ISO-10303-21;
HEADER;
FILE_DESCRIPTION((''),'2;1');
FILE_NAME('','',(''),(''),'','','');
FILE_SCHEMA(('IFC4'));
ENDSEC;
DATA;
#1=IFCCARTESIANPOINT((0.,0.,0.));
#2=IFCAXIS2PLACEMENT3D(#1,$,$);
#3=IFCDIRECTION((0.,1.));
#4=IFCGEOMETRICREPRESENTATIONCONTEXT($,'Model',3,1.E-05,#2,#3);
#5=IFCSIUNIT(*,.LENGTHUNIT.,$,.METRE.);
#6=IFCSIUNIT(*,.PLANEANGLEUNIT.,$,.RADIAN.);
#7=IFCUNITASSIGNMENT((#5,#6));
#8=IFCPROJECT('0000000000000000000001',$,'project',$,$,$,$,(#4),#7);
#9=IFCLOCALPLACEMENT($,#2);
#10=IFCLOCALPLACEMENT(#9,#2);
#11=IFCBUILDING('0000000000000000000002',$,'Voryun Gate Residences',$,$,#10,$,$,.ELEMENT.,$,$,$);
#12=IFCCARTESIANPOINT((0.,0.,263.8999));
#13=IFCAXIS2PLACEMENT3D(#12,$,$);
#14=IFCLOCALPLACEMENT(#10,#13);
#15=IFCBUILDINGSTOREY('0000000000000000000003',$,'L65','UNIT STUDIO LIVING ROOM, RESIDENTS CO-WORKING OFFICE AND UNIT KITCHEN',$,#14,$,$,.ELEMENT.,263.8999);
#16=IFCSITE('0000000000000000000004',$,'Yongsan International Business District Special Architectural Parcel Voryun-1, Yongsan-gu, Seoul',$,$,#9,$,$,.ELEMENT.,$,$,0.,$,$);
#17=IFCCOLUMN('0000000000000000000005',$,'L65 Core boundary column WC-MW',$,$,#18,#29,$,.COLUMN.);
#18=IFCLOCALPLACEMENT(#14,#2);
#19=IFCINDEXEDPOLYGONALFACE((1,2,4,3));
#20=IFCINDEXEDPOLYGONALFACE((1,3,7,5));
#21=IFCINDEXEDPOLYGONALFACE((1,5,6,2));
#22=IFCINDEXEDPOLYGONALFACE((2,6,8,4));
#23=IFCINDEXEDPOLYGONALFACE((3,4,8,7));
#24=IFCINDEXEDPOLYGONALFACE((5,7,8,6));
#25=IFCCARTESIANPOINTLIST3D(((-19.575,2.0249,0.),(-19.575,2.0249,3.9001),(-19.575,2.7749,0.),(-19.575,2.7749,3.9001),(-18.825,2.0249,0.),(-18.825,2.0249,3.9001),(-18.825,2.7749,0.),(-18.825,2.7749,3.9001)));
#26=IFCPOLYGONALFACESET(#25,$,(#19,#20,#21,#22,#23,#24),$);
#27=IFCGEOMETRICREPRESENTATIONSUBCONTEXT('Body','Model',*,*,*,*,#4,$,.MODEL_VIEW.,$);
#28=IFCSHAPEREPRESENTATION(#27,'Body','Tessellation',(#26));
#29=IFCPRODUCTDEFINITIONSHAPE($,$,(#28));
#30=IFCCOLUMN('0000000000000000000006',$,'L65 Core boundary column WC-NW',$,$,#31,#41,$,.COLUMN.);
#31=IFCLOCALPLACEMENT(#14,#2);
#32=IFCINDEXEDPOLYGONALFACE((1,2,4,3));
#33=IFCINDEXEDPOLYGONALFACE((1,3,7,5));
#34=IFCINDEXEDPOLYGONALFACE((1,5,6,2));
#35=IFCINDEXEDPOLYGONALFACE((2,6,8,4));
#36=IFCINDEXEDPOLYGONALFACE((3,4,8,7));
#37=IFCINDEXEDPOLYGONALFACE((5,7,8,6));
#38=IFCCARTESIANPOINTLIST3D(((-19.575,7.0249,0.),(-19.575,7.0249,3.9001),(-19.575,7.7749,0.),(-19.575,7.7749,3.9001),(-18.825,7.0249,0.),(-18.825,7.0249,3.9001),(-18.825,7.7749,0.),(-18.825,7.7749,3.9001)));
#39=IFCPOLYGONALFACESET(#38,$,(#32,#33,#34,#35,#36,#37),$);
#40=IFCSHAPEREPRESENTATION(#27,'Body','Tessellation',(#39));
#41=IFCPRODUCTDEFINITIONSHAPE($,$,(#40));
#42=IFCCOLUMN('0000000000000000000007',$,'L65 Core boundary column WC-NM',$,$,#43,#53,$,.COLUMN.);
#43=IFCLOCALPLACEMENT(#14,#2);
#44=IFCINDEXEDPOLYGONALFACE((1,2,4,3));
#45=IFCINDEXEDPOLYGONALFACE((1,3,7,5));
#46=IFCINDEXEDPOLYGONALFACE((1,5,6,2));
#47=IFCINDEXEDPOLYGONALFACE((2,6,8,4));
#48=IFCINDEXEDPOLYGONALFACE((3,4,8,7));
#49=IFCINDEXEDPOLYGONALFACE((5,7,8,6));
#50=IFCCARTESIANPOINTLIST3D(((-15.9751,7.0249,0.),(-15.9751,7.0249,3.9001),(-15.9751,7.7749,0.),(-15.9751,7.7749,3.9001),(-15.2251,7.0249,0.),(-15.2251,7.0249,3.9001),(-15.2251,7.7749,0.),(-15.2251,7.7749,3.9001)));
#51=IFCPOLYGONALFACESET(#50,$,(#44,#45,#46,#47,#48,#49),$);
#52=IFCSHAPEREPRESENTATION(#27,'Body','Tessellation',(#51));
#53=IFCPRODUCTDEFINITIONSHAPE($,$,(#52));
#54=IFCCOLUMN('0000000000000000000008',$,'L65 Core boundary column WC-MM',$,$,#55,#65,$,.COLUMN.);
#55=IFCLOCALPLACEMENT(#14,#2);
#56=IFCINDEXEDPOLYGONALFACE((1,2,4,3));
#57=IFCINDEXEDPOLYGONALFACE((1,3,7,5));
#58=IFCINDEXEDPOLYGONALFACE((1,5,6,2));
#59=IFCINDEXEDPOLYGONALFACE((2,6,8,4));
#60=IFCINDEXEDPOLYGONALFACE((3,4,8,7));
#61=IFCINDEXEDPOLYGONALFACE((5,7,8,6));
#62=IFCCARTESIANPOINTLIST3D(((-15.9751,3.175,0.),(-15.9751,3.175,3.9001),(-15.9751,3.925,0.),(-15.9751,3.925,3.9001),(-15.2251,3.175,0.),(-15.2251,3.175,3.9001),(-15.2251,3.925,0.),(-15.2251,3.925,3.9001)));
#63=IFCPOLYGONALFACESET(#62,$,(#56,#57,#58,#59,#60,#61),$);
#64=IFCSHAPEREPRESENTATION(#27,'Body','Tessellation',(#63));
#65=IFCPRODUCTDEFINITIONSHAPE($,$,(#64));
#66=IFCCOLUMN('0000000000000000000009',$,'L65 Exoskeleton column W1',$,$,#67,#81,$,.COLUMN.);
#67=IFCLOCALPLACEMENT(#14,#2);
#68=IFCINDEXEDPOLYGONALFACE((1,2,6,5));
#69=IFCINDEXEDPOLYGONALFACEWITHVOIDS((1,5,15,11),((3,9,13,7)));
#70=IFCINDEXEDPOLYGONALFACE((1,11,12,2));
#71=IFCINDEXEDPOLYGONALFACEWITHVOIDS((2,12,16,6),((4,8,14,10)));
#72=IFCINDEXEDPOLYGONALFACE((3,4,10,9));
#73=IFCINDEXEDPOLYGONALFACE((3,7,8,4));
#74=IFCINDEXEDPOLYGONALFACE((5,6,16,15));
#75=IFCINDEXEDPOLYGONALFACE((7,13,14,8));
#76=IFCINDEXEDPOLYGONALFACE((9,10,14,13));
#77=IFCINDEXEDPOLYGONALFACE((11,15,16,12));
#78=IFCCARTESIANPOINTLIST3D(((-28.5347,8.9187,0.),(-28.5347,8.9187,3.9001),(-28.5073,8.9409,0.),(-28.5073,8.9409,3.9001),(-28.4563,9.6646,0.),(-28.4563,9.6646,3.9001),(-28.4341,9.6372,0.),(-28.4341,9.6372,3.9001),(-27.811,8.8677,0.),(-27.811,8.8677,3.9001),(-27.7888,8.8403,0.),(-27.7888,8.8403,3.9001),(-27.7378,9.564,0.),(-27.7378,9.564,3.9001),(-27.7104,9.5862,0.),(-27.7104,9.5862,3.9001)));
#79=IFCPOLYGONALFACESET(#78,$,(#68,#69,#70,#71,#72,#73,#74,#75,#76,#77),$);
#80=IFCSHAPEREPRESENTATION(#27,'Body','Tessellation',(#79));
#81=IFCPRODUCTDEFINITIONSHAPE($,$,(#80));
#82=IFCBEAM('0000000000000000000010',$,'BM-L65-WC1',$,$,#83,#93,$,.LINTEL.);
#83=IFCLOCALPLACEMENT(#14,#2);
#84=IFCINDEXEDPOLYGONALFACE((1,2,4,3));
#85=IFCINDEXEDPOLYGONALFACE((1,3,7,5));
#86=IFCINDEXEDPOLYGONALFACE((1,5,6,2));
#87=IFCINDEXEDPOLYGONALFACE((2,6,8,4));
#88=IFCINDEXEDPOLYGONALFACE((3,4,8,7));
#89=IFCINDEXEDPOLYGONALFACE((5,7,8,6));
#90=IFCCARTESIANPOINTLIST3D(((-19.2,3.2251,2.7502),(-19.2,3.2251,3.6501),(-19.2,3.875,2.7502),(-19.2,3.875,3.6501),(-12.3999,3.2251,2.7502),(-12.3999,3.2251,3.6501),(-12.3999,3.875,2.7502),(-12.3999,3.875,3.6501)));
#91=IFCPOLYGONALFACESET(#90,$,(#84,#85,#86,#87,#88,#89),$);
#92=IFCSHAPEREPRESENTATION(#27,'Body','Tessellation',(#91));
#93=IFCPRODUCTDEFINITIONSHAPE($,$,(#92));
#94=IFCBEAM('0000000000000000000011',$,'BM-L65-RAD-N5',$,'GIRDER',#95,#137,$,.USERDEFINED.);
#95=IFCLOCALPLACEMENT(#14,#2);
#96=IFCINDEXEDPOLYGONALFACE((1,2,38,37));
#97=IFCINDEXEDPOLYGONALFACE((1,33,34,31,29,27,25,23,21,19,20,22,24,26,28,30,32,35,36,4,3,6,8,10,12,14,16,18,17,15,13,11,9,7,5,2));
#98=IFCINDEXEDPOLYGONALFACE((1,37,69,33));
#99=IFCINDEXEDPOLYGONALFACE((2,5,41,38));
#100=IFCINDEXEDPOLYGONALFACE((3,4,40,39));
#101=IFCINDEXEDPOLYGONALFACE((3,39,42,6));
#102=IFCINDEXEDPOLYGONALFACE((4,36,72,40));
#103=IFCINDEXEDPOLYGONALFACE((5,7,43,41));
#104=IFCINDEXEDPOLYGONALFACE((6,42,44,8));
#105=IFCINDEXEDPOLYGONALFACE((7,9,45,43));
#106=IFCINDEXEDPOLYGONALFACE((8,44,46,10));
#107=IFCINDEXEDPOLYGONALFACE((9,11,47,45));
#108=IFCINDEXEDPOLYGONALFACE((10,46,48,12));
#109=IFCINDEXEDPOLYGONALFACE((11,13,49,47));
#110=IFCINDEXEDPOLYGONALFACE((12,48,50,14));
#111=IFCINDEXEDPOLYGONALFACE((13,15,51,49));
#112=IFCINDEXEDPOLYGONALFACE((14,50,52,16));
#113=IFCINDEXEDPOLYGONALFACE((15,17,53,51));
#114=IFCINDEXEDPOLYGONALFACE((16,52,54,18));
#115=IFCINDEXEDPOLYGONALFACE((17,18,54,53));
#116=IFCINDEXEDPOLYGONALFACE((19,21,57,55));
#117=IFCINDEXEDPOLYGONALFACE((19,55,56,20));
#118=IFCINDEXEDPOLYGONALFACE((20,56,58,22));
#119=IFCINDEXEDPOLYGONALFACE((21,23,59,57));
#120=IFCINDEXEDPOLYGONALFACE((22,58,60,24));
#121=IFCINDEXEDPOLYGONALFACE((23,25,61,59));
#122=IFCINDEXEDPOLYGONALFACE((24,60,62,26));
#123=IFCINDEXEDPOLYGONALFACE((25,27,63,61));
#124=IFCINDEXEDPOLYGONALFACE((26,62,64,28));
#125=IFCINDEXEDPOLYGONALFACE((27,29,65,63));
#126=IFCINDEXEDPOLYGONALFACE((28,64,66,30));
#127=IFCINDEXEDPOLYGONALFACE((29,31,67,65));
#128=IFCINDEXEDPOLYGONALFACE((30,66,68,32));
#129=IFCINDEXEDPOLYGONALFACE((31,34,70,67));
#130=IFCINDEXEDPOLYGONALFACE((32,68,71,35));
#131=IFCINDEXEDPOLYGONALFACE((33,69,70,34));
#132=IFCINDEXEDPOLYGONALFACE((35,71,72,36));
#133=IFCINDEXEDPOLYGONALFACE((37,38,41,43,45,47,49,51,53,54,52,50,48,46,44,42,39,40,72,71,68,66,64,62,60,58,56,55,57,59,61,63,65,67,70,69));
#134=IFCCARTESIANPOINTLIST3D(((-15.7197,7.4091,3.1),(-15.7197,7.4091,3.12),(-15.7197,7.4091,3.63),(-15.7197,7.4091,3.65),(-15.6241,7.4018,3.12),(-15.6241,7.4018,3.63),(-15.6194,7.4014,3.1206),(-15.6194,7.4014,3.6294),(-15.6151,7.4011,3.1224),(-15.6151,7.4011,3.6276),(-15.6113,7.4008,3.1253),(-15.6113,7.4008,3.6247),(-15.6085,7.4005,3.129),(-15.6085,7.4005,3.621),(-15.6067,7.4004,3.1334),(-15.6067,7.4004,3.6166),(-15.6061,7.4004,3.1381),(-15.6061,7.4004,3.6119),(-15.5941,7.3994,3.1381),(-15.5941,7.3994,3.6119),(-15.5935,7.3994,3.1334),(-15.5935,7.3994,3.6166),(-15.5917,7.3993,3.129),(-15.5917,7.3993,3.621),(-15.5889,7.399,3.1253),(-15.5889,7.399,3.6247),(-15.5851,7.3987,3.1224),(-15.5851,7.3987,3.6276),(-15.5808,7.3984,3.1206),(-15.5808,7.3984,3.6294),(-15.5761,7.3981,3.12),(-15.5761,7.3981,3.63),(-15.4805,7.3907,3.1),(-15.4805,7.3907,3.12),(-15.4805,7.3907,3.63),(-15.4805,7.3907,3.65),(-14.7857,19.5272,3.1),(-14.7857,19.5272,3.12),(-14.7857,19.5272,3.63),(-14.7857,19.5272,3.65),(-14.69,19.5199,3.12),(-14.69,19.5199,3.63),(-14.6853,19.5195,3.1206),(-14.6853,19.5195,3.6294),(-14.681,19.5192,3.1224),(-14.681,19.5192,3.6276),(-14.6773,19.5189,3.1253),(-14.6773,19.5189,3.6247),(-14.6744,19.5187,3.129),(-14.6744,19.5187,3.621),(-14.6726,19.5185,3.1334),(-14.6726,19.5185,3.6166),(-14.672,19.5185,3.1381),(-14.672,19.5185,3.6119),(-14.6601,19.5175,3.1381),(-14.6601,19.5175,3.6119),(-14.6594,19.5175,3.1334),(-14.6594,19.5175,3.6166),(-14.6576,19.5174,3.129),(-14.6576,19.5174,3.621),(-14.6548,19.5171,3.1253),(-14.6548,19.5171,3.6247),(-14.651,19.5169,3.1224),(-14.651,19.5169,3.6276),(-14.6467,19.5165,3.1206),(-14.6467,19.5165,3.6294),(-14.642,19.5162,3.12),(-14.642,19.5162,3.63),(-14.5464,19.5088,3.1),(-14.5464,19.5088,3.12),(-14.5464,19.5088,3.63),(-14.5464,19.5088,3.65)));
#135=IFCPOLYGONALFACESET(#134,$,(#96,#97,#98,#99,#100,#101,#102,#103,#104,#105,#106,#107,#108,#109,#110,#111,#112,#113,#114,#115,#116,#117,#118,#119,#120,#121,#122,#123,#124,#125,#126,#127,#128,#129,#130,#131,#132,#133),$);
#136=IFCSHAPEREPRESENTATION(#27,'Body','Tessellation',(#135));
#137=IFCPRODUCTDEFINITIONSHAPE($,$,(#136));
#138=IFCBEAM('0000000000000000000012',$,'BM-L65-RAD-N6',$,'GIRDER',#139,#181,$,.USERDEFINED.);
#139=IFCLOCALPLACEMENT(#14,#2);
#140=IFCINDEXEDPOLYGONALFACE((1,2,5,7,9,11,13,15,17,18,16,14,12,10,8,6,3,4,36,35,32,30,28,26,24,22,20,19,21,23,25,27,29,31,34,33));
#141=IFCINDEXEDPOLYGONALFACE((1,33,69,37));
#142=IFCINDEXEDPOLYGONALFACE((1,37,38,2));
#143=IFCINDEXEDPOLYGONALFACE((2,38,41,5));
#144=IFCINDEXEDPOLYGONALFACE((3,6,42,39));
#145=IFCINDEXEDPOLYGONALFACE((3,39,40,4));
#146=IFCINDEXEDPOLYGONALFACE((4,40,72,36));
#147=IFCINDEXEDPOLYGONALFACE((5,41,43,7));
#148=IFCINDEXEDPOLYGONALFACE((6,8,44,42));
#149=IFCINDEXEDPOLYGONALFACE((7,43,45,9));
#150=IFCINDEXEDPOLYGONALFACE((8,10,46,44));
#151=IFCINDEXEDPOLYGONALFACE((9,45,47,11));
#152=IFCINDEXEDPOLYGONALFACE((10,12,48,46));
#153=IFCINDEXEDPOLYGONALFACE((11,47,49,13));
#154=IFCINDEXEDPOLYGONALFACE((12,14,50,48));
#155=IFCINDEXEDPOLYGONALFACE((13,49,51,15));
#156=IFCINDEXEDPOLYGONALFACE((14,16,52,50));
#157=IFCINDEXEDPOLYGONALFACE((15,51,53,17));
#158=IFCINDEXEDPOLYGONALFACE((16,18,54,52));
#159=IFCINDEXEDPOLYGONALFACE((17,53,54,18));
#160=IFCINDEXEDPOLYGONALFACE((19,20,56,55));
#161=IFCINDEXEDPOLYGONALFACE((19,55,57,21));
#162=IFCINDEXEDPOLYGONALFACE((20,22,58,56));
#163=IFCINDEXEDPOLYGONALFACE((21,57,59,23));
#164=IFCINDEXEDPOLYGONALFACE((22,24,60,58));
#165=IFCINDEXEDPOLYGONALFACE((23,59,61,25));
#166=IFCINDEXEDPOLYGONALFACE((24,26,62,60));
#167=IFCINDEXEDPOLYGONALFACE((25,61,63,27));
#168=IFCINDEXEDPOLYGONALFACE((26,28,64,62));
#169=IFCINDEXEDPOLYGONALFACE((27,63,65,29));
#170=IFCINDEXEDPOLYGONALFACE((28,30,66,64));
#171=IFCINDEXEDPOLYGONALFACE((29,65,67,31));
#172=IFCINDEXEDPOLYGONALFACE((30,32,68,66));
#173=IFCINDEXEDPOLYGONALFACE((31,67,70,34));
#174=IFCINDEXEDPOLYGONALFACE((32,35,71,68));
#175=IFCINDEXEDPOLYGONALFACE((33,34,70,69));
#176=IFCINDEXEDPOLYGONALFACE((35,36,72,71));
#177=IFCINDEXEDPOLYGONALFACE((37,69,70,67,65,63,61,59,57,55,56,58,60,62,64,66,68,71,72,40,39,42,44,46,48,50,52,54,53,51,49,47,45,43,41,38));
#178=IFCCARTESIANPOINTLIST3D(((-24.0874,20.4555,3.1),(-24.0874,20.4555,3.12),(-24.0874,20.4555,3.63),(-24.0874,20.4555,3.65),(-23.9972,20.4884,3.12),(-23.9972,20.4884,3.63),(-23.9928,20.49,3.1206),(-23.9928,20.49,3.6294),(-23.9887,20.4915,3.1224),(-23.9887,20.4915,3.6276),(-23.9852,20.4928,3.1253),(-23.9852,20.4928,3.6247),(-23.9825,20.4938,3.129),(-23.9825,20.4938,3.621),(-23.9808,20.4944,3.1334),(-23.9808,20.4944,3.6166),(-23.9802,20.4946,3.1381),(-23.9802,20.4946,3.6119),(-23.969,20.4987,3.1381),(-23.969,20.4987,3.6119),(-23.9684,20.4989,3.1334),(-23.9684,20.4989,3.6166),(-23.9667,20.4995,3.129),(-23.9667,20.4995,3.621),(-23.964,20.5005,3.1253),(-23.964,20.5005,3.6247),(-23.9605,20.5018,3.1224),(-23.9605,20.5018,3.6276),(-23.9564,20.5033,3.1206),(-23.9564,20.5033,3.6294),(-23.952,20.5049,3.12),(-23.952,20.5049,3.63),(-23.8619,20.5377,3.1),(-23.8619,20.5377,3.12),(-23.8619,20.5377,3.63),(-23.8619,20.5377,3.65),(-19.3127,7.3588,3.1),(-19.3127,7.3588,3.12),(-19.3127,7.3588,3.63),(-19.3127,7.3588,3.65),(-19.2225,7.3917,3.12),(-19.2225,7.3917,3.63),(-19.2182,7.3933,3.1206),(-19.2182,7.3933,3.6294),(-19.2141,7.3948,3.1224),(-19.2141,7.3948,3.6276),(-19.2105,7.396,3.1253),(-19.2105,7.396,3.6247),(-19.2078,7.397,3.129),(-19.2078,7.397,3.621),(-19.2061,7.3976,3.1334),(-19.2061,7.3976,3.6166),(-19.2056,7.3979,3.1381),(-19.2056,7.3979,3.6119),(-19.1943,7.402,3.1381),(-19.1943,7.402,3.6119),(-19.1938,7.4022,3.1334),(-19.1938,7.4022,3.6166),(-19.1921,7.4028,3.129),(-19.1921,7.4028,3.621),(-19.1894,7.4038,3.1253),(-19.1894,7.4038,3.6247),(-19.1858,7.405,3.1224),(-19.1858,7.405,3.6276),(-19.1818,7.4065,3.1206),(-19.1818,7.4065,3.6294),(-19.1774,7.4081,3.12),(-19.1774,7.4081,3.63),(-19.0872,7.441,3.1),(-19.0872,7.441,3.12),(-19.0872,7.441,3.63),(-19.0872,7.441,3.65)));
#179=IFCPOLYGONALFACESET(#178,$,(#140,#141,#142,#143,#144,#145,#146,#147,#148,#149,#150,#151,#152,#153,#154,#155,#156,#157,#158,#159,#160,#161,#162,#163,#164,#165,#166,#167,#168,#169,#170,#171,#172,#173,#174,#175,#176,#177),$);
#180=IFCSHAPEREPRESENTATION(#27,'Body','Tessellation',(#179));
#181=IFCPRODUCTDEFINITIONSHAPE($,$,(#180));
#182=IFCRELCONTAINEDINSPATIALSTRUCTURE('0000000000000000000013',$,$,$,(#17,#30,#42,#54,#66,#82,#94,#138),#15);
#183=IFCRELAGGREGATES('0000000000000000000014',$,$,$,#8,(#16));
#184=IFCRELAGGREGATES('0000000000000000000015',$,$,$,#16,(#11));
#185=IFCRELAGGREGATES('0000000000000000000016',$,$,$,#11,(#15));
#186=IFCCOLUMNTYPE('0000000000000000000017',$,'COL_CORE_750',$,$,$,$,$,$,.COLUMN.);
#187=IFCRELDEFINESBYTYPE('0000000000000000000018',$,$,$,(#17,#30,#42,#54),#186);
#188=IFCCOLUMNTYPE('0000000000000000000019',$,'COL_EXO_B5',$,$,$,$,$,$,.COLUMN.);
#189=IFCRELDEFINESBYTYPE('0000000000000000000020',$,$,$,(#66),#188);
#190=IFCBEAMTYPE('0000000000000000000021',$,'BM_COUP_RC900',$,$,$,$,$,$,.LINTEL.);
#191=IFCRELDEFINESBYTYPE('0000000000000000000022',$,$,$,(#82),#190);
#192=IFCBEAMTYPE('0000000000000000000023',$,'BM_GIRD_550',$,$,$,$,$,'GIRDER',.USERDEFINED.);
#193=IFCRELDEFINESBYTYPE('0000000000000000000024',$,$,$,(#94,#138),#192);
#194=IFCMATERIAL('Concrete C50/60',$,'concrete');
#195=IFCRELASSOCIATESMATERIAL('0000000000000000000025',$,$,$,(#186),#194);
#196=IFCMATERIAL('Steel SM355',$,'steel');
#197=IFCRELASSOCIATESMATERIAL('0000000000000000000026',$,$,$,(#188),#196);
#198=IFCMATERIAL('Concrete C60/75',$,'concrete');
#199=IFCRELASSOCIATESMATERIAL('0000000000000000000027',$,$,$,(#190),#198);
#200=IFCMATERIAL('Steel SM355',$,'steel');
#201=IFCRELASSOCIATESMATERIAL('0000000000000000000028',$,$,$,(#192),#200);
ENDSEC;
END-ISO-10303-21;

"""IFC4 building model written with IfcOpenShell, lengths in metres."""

from ifc_helpers import new_model, si_unit, direction, frame, origin, origin_2d, place, context, subcontext, project, spatial, rectangle, hollow_rectangle, i_section, extrude, material, material_profile, profile_set, type_object, element, save


model = new_model("IFC4")

# Units and contexts
model_context = context("Model", 3, precision=1e-05, world=origin(), true_north=direction((0.0, 1.0)))
body_context = subcontext(model_context, "Body", "Model", "MODEL_VIEW")
ifc_project = project(units=[si_unit("LENGTHUNIT", "METRE"), si_unit("PLANEANGLEUNIT", "RADIAN")], contexts=[model_context])

# Site, building, storey
site_placement = place(None, origin())
site = spatial("IfcSite", under=ifc_project, at=site_placement, Name="Yongsan International Business District Special Architectural Parcel Voryun-1, Yongsan-gu, Seoul", CompositionType="ELEMENT", RefElevation=0.0)
building_placement = place(site_placement, origin())
building = spatial("IfcBuilding", under=site, at=building_placement, Name="Voryun Gate Residences", CompositionType="ELEMENT")
storey_placement = place(building_placement, frame((0.0, 0.0, 263.8999)))
storey = spatial("IfcBuildingStorey", under=building, at=storey_placement, Name="L65", Description="UNIT STUDIO LIVING ROOM, RESIDENTS CO-WORKING OFFICE AND UNIT KITCHEN", CompositionType="ELEMENT", Elevation=263.8999)

# Columns
ifc_material_1 = material(Name="Concrete C50/60", Category="concrete")
ifc_material_profile_1 = material_profile(ifc_material_1, rectangle(XDim=0.75, YDim=0.75, at=origin_2d()), Name="RC-750x750")
ifc_profile_set_1 = profile_set([ifc_material_profile_1], Name="Concrete C50/60")
column_type_1 = type_object("IfcColumnType", Name="COL_CORE_750", PredefinedType="COLUMN", material=ifc_profile_set_1)
for number, where, z_axis, x_axis, name in (
    (1, (-19.2, 2.3999, 0.0), (0.0, 0.0, 1.0), (1.0, 0.0, 0.0), "L65 Core boundary column WC-MW"),
    (2, (-19.2, 7.3999, 0.0), (0.0, 0.0, 1.0), (1.0, 0.0, 0.0), "L65 Core boundary column WC-NW"),
    (3, (-15.6001, 7.3999, 0.0), (0.0, 0.0, 1.0), (1.0, 0.0, 0.0), "L65 Core boundary column WC-NM"),
    (4, (-15.6001, 3.55, 0.0), (0.0, 0.0, 1.0), (1.0, 0.0, 0.0), "L65 Core boundary column WC-MM"),
):
    element("IfcColumn", number, at=place(storey_placement, frame(where, z_axis=z_axis, x_axis=x_axis)), inside=storey, type_object=column_type_1, Name=name, PredefinedType="COLUMN", context=body_context, shape_type="SweptSolid", body=[
        extrude(rectangle(XDim=0.75, YDim=0.75, at=origin_2d()), origin(), (0.0, 0.0, 1.0), 3.9001),
    ])
ifc_material_2 = material(Name="Steel SM355", Category="steel")
ifc_material_profile_2 = material_profile(ifc_material_2, hollow_rectangle(XDim=0.75, YDim=0.75, WallThickness=0.0249, at=origin_2d()), Name="BOX-750x750x25")
ifc_profile_set_2 = profile_set([ifc_material_profile_2], Name="Steel SM355")
column_type_2 = type_object("IfcColumnType", Name="COL_EXO_B5", PredefinedType="COLUMN", material=ifc_profile_set_2)
column_placement = place(storey_placement, frame((-28.1226, 9.2524, 0.0), z_axis=(0.0, 0.0, 1.0), x_axis=(0.994522, -0.104528, 0.0)))
element("IfcColumn", 5, at=column_placement, inside=storey, type_object=column_type_2, Name="L65 Exoskeleton column W1", PredefinedType="COLUMN", context=body_context, shape_type="SweptSolid", body=[
    extrude(hollow_rectangle(XDim=0.75, YDim=0.75, WallThickness=0.0249, at=origin_2d()), origin(), (0.0, 0.0, 1.0), 3.9001),
])

# Beams
ifc_material_3 = material(Name="Concrete C60/75", Category="concrete")
ifc_material_profile_3 = material_profile(ifc_material_3, rectangle(XDim=0.6499, YDim=0.8999, at=origin_2d()), Name="RC-650x900")
ifc_profile_set_3 = profile_set([ifc_material_profile_3], Name="Concrete C60/75")
beam_type_1 = type_object("IfcBeamType", Name="BM_COUP_RC900", PredefinedType="LINTEL", material=ifc_profile_set_3)
beam_1_placement = place(storey_placement, frame((-19.2, 3.55, 3.2002), z_axis=(1.0, 0.0, 0.0), x_axis=(0.0, 1.0, 0.0)))
element("IfcBeam", 6, at=beam_1_placement, inside=storey, type_object=beam_type_1, Name="BM-L65-WC1", PredefinedType="LINTEL", context=body_context, shape_type="SweptSolid", body=[
    extrude(rectangle(XDim=0.6499, YDim=0.8999, at=origin_2d()), origin(), (0.0, 0.0, 1.0), 6.8),
])
ifc_material_4 = material(Name="Steel SM355", Category="steel")
ifc_material_profile_4 = material_profile(ifc_material_4, i_section(OverallWidth=0.24, OverallDepth=0.55, WebThickness=0.012, FlangeThickness=0.02, FilletRadius=0.0181, at=origin_2d()), Name="H-550x240x12x20")
ifc_profile_set_4 = profile_set([ifc_material_profile_4], Name="Steel SM355")
beam_type_2 = type_object("IfcBeamType", Name="BM_GIRD_550", ElementType="GIRDER", PredefinedType="USERDEFINED", material=ifc_profile_set_4)
beam_2_placement = place(storey_placement, frame((-15.6001, 7.3999, 3.375), z_axis=(0.076853, 0.997042, 0.0), x_axis=(-0.997042, 0.076853, 0.0)))
element("IfcBeam", 7, at=beam_2_placement, inside=storey, type_object=beam_type_2, Name="BM-L65-RAD-N5", ObjectType="GIRDER", PredefinedType="USERDEFINED", context=body_context, shape_type="SweptSolid", body=[
    extrude(i_section(OverallWidth=0.24, OverallDepth=0.55, WebThickness=0.012, FlangeThickness=0.02, FilletRadius=0.0181, at=origin_2d()), origin(), (0.0, 0.0, 1.0), 12.1541),
])
beam_3_placement = place(storey_placement, frame((-19.2, 7.3999, 3.375), z_axis=(-0.342518, 0.939511, 0.0), x_axis=(-0.939511, -0.342518, 0.0)))
element("IfcBeam", 8, at=beam_3_placement, inside=storey, type_object=beam_type_2, Name="BM-L65-RAD-N6", ObjectType="GIRDER", PredefinedType="USERDEFINED", context=body_context, shape_type="SweptSolid", body=[
    extrude(i_section(OverallWidth=0.24, OverallDepth=0.55, WebThickness=0.012, FlangeThickness=0.02, FilletRadius=0.0181, at=origin_2d()), origin(), (0.0, 0.0, 1.0), 13.9399),
])

save(model, "model.ifc")
